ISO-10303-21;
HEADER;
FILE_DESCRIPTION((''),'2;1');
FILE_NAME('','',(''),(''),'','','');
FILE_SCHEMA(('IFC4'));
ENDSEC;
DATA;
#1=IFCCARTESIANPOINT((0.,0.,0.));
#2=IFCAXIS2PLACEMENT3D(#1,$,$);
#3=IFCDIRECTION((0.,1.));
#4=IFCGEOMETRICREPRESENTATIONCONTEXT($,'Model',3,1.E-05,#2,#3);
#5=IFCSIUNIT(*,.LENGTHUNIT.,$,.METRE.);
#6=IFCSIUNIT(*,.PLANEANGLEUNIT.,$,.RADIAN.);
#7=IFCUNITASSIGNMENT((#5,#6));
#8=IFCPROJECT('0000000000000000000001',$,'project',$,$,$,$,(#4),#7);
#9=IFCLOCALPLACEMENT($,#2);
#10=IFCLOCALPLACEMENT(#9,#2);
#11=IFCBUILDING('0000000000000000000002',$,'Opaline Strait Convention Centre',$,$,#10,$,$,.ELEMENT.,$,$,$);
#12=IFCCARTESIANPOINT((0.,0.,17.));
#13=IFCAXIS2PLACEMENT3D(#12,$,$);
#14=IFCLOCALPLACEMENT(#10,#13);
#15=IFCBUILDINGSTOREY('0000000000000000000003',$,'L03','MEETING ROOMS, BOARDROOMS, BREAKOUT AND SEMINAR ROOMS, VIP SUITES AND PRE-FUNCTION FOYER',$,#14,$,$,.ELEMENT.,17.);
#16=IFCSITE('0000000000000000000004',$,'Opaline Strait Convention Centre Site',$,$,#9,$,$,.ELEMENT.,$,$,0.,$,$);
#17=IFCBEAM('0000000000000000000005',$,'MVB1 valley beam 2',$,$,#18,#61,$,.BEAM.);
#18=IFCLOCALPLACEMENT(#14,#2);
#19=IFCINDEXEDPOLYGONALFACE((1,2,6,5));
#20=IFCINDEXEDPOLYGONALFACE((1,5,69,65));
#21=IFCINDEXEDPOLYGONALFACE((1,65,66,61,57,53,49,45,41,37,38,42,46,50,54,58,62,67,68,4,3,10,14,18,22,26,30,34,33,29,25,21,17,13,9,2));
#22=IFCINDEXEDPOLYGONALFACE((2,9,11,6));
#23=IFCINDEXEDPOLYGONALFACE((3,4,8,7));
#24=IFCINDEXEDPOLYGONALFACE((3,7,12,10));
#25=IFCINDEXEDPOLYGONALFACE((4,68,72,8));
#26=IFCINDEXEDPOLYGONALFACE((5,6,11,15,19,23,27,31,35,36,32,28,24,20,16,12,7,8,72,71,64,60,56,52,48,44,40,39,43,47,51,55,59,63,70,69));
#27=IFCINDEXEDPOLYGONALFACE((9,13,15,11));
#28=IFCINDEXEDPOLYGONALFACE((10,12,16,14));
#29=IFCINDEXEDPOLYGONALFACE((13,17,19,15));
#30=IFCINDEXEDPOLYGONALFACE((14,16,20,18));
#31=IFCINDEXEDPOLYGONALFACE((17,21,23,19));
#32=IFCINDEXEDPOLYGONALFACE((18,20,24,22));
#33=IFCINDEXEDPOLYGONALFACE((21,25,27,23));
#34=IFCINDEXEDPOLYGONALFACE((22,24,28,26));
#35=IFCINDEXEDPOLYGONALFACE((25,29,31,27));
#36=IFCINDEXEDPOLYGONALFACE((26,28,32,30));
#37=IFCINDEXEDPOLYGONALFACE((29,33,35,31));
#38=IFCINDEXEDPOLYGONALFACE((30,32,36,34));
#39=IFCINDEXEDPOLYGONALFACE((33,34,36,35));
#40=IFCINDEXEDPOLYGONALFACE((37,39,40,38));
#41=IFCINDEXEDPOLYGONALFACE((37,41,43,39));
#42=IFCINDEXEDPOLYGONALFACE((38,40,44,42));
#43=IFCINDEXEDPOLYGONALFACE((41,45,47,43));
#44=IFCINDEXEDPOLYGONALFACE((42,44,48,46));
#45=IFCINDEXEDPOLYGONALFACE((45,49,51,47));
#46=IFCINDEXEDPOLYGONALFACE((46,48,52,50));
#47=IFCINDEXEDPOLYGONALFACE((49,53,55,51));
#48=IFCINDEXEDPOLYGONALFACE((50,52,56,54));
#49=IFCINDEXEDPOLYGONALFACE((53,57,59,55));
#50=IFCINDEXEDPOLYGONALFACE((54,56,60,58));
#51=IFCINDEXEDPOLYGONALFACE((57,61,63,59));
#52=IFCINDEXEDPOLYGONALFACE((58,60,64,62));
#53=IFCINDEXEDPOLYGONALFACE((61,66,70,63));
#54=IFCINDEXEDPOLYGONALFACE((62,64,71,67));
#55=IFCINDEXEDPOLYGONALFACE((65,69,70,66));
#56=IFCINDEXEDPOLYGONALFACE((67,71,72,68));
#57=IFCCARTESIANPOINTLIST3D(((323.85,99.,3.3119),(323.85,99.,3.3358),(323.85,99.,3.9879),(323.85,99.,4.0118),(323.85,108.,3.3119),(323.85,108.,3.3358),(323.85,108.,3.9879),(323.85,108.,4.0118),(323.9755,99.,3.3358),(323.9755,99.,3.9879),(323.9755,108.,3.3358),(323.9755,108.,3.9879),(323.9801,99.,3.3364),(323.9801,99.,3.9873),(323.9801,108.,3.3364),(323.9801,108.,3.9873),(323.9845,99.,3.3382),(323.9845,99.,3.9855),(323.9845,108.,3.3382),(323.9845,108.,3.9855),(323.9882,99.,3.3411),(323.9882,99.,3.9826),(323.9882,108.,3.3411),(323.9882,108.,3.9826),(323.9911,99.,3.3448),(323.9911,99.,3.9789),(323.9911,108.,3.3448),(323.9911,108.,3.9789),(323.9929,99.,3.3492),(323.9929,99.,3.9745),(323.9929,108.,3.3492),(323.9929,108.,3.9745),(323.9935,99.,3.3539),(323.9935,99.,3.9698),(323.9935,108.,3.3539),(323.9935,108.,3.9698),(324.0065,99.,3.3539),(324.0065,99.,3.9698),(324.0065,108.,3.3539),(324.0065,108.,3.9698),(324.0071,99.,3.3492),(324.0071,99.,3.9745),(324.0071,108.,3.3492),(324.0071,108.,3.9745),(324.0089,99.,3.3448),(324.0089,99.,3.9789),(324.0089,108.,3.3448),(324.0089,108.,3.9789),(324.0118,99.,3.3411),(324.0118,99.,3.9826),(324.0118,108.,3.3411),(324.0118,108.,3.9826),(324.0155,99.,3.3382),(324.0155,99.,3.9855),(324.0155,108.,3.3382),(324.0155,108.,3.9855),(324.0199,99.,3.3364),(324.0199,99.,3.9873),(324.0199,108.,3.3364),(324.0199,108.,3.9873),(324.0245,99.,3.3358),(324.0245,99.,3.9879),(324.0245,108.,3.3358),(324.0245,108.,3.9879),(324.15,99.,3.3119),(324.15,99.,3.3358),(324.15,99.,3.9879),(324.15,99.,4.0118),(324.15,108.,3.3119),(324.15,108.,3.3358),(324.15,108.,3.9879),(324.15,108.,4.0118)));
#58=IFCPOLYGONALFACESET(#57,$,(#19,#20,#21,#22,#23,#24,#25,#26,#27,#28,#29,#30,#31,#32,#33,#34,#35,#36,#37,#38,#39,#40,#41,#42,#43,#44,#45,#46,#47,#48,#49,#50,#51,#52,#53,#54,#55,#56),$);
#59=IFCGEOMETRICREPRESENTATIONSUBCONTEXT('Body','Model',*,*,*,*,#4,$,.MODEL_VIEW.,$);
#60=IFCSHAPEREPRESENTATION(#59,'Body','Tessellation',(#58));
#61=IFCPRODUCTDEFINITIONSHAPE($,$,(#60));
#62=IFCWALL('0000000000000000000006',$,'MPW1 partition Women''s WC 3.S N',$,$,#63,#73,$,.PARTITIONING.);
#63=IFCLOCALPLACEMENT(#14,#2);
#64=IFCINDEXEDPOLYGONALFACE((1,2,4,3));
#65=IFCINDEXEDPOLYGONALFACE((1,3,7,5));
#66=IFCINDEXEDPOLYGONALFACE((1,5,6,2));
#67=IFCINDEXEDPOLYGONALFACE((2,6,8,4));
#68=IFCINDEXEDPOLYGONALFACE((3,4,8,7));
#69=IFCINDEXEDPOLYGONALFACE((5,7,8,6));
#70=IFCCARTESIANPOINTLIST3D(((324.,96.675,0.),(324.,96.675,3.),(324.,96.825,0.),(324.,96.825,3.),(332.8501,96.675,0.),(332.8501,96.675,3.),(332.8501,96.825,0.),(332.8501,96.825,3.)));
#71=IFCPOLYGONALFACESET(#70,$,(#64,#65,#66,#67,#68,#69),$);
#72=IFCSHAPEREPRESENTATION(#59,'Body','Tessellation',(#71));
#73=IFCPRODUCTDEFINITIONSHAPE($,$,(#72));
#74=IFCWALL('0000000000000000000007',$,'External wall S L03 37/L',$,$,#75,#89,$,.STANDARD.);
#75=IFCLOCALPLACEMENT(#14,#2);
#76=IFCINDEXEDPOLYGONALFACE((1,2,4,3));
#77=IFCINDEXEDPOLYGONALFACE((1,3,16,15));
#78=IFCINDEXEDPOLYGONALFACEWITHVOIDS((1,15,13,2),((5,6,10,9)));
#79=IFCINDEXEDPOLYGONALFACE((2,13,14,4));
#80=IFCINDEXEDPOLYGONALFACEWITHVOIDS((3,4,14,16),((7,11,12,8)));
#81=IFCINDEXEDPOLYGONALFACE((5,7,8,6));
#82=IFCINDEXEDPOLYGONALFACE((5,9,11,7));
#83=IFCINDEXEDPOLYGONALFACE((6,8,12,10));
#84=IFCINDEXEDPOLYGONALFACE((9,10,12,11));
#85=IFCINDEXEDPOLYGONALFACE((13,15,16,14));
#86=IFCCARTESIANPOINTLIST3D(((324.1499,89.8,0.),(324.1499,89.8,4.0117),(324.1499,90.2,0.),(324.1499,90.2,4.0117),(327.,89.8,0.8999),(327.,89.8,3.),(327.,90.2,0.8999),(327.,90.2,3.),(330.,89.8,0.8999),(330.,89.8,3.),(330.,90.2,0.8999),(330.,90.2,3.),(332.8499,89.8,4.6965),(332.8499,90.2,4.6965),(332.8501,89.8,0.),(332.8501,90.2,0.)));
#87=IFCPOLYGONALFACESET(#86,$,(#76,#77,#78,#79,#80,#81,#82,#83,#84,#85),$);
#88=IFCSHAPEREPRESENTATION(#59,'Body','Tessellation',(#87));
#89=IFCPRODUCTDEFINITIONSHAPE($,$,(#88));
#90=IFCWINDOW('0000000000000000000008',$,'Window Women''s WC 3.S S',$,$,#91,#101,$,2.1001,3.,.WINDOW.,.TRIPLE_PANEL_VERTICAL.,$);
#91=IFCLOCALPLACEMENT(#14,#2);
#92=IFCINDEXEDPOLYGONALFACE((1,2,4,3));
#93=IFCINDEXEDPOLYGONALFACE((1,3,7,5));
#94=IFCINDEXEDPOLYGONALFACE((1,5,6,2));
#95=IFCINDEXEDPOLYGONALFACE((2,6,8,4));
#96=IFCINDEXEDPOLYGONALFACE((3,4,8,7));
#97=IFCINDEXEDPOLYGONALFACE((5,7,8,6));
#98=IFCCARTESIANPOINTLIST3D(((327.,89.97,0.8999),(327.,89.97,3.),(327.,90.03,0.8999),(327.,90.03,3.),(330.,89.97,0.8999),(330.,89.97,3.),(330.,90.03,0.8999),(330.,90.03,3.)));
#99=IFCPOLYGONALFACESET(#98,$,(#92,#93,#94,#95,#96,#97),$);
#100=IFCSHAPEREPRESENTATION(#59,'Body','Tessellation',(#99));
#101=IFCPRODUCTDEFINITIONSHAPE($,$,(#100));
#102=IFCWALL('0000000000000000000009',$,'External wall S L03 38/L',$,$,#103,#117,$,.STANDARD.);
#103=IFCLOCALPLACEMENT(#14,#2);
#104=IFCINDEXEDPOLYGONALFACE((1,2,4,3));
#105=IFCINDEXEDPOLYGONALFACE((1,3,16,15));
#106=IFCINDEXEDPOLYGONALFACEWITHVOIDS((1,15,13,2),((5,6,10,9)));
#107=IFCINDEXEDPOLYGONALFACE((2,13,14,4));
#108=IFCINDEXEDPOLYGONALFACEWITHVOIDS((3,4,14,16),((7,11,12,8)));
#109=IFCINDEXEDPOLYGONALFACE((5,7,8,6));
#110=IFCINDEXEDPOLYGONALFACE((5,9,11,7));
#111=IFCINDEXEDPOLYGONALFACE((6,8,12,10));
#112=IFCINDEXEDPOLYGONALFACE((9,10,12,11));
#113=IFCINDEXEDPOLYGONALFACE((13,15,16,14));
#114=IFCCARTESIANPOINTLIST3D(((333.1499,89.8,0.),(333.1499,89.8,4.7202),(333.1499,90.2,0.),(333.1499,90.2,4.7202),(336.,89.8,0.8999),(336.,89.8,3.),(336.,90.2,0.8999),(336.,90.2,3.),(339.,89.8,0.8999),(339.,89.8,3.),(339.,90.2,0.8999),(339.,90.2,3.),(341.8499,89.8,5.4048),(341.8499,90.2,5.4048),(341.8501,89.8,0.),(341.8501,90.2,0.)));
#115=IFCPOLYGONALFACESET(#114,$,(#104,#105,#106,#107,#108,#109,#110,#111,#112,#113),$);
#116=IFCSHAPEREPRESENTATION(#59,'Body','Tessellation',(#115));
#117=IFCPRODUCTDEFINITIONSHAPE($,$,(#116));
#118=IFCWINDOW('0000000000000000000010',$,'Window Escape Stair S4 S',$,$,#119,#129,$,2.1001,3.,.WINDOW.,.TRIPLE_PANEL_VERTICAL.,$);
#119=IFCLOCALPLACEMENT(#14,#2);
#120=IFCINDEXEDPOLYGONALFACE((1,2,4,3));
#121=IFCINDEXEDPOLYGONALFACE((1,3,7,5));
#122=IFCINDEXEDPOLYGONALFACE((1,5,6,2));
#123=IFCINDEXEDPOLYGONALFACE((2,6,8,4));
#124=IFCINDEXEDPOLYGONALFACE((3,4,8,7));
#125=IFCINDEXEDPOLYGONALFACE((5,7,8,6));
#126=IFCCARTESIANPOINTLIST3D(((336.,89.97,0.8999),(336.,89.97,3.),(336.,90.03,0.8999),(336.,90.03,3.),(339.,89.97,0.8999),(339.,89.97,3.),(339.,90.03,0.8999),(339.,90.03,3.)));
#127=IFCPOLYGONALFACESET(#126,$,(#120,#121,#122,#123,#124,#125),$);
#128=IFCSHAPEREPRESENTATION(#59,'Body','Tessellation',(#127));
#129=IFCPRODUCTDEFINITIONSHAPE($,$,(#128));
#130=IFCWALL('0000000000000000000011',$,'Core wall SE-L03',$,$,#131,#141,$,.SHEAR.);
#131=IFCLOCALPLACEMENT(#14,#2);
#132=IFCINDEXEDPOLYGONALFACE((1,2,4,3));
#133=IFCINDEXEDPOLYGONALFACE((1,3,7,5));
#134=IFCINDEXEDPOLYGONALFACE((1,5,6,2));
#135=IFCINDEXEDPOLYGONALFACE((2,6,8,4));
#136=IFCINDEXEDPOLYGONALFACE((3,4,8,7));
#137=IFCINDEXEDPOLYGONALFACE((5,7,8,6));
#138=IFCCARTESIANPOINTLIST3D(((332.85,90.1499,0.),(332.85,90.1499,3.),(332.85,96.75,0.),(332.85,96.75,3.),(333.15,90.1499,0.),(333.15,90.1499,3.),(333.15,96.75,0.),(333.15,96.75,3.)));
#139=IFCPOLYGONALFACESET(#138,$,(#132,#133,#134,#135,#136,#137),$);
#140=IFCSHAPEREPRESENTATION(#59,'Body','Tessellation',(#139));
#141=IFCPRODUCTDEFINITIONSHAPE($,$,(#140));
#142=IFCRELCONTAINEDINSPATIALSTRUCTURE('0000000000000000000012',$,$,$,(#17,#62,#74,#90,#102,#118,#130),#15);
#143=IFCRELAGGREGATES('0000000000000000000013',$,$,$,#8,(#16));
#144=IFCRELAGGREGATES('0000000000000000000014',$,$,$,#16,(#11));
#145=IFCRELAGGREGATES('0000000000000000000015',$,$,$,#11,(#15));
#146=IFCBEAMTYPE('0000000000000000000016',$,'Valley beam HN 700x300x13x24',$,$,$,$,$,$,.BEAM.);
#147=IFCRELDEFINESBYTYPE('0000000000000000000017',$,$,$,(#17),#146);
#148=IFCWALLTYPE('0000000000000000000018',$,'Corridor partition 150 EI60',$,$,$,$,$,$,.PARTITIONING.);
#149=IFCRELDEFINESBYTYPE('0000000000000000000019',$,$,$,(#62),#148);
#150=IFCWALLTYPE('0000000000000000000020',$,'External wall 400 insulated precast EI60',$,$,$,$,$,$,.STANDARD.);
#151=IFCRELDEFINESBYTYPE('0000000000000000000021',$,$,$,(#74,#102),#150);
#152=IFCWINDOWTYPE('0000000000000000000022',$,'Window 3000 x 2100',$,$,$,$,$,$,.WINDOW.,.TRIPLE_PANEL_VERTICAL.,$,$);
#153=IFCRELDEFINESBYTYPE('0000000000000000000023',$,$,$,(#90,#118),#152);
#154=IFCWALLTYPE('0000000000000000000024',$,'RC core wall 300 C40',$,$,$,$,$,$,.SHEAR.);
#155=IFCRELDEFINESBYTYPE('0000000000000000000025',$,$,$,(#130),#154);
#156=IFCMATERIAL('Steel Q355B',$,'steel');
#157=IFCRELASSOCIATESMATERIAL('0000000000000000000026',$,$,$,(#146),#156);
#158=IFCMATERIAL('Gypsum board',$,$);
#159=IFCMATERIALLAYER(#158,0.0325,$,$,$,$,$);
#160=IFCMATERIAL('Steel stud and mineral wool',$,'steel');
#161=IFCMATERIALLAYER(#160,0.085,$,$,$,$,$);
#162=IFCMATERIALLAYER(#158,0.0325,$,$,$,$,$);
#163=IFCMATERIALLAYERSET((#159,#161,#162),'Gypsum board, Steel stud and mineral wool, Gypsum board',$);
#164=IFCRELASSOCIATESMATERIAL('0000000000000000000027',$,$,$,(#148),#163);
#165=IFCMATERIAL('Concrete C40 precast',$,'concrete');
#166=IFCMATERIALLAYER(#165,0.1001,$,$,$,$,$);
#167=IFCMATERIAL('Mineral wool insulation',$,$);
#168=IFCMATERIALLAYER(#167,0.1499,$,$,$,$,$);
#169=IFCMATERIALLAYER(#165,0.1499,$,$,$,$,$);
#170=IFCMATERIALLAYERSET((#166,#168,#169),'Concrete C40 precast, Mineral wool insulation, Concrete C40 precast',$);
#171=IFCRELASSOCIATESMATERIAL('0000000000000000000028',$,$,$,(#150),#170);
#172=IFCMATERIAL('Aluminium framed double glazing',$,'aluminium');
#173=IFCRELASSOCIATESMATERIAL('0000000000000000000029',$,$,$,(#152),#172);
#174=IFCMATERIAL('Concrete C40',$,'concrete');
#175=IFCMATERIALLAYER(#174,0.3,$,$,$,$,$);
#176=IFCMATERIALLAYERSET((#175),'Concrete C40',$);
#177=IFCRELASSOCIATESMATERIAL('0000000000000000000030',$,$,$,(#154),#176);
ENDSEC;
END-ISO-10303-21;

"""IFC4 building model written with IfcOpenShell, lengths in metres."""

from ifc_helpers import new_model, si_unit, direction, frame, frame_2d, origin, origin_2d, place, context, subcontext, project, spatial, polyline, rectangle, i_section, outline, extrude, material, layer, layer_set, material_profile, profile_set, type_object, element, fill, save


model = new_model("IFC4")

# Units and contexts
model_context = context("Model", 3, precision=1e-05, world=origin(), true_north=direction((0.0, 1.0)))
body_context = subcontext(model_context, "Body", "Model", "MODEL_VIEW")
ifc_project = project(units=[si_unit("LENGTHUNIT", "METRE"), si_unit("PLANEANGLEUNIT", "RADIAN")], contexts=[model_context])

# Site, building, storey
site_placement = place(None, origin())
site = spatial("IfcSite", under=ifc_project, at=site_placement, Name="Opaline Strait Convention Centre Site", CompositionType="ELEMENT", RefElevation=0.0)
building_placement = place(site_placement, origin())
building = spatial("IfcBuilding", under=site, at=building_placement, Name="Opaline Strait Convention Centre", CompositionType="ELEMENT")
storey_placement = place(building_placement, frame((0.0, 0.0, 17.0)))
storey = spatial("IfcBuildingStorey", under=building, at=storey_placement, Name="L03", Description="MEETING ROOMS, BOARDROOMS, BREAKOUT AND SEMINAR ROOMS, VIP SUITES AND PRE-FUNCTION FOYER", CompositionType="ELEMENT", Elevation=17.0)

# Shared definitions
ifc_material_1 = material(Name="Steel Q355B", Category="steel")

# Beam
ifc_material_profile_1 = material_profile(ifc_material_1, i_section(OverallWidth=0.3, OverallDepth=0.7, WebThickness=0.0129, FlangeThickness=0.0239, FilletRadius=0.0181, at=origin_2d()), Name="HN 700x300x13x24")
ifc_profile_set_1 = profile_set([ifc_material_profile_1], Name="Steel Q355B")
beam_type = type_object("IfcBeamType", Name="Valley beam HN 700x300x13x24", PredefinedType="BEAM", material=ifc_profile_set_1)
for number, where, z_axis, x_axis, name in (
    (1, (324.0, 99.0, 3.6619), (0.0, 1.0, 0.0), (-1.0, 0.0, 0.0), "MVB1 valley beam 2"),
):
    element("IfcBeam", number, at=place(storey_placement, frame(where, z_axis=z_axis, x_axis=x_axis)), inside=storey, type_object=beam_type, Name=name, PredefinedType="BEAM", context=body_context, shape_type="SweptSolid", body=[
        extrude(i_section(OverallWidth=0.3, OverallDepth=0.7, WebThickness=0.0129, FlangeThickness=0.0239, FilletRadius=0.0181, at=origin_2d()), origin(), (0.0, 0.0, 1.0), 9.0),
    ])

# Wall
ifc_material_2 = material(Name="Gypsum board")
ifc_layer_1 = layer(ifc_material_2, 0.0325)
ifc_material_3 = material(Name="Steel stud and mineral wool", Category="steel")
ifc_layer_2 = layer(ifc_material_3, 0.085)
ifc_layer_3 = layer(ifc_material_2, 0.0325)
ifc_layer_set_1 = layer_set([ifc_layer_1, ifc_layer_2, ifc_layer_3], Name="Gypsum board, Steel stud and mineral wool, Gypsum board")
wall_type_1 = type_object("IfcWallType", Name="Corridor partition 150 EI60", PredefinedType="PARTITIONING", material=ifc_layer_set_1)
wall_1_placement = place(storey_placement, frame((324.0, 96.75, 0.0), z_axis=(0.0, 0.0, 1.0), x_axis=(1.0, 0.0, 0.0)))
element("IfcWall", 2, at=wall_1_placement, inside=storey, type_object=wall_type_1, Name="MPW1 partition Women's WC 3.S N", PredefinedType="PARTITIONING", context=body_context, shape_type="SweptSolid", body=[
    extrude(rectangle(XDim=8.8501, YDim=0.1499, at=frame_2d((4.425, 0.0))), origin(), (0.0, 0.0, 1.0), 3.0),
])

# Walls, openings, windows
ifc_material_4 = material(Name="Concrete C40 precast", Category="concrete")
ifc_layer_4 = layer(ifc_material_4, 0.1001)
ifc_material_5 = material(Name="Mineral wool insulation")
ifc_layer_5 = layer(ifc_material_5, 0.1499)
ifc_layer_6 = layer(ifc_material_4, 0.1499)
ifc_layer_set_2 = layer_set([ifc_layer_4, ifc_layer_5, ifc_layer_6], Name="Concrete C40 precast, Mineral wool insulation, Concrete C40 precast")
wall_type_2 = type_object("IfcWallType", Name="External wall 400 insulated precast EI60", PredefinedType="STANDARD", material=ifc_layer_set_2)
wall_2_placement = place(storey_placement, frame((324.1499, 90.0, 0.0), z_axis=(0.0, 0.0, 1.0), x_axis=(1.0, 0.0, 0.0)))
wall_2 = element("IfcWall", 3, at=wall_2_placement, inside=storey, type_object=wall_type_2, Name="External wall S L03 37/L", PredefinedType="STANDARD", context=body_context, shape_type="SweptSolid", body=[
    extrude(outline(polyline([(0.0, 0.0), (8.7002, 0.0), (8.7, 4.6965), (0.0, 4.0117), (0.0, 0.0)])), frame((0.0, 0.2, 0.0), z_axis=(0.0, -1.0, 0.0), x_axis=(1.0, 0.0, 0.0)), (0.0, 0.0, 1.0), 0.3999),
])
opening_1_placement = place(wall_2_placement, frame((2.8501, 0.0, 0.8999)))
opening_1 = element("IfcOpeningElement", 4, at=opening_1_placement, cuts=wall_2, PredefinedType="OPENING", context=body_context, shape_type="SweptSolid", body=[
    extrude(rectangle(XDim=3.0, YDim=2.1001, at=frame_2d((1.5, 1.05))), frame((0.0, 0.21, 0.0), z_axis=(0.0, -1.0, 0.0), x_axis=(1.0, 0.0, 0.0)), (0.0, 0.0, 1.0), 0.4199),
])
ifc_material_6 = material(Name="Aluminium framed double glazing", Category="aluminium")
window_type = type_object("IfcWindowType", Name="Window 3000 x 2100", PartitioningType="TRIPLE_PANEL_VERTICAL", PredefinedType="WINDOW", material=ifc_material_6)
window_1_placement = place(opening_1_placement, origin())
window_1 = element("IfcWindow", 5, at=window_1_placement, inside=storey, type_object=window_type, Name="Window Women's WC 3.S S", OverallHeight=2.1001, OverallWidth=3.0, PartitioningType="TRIPLE_PANEL_VERTICAL", PredefinedType="WINDOW", context=body_context, shape_type="SweptSolid", body=[
    extrude(rectangle(XDim=3.0, YDim=2.1001, at=frame_2d((1.5, 1.05))), frame((0.0, 0.03, 0.0), z_axis=(0.0, -1.0, 0.0), x_axis=(1.0, 0.0, 0.0)), (0.0, 0.0, 1.0), 0.0601),
])
fill(opening_1, window_1)
wall_3_placement = place(storey_placement, frame((333.1499, 90.0, 0.0), z_axis=(0.0, 0.0, 1.0), x_axis=(1.0, 0.0, 0.0)))
wall_3 = element("IfcWall", 6, at=wall_3_placement, inside=storey, type_object=wall_type_2, Name="External wall S L03 38/L", PredefinedType="STANDARD", context=body_context, shape_type="SweptSolid", body=[
    extrude(outline(polyline([(0.0, 0.0), (8.7002, 0.0), (8.7, 5.4048), (0.0, 4.7202), (0.0, 0.0)])), frame((0.0, 0.2, 0.0), z_axis=(0.0, -1.0, 0.0), x_axis=(1.0, 0.0, 0.0)), (0.0, 0.0, 1.0), 0.3999),
])
opening_2_placement = place(wall_3_placement, frame((2.8501, 0.0, 0.8999)))
opening_2 = element("IfcOpeningElement", 7, at=opening_2_placement, cuts=wall_3, PredefinedType="OPENING", context=body_context, shape_type="SweptSolid", body=[
    extrude(rectangle(XDim=3.0, YDim=2.1001, at=frame_2d((1.5, 1.05))), frame((0.0, 0.21, 0.0), z_axis=(0.0, -1.0, 0.0), x_axis=(1.0, 0.0, 0.0)), (0.0, 0.0, 1.0), 0.4199),
])
window_2_placement = place(opening_2_placement, origin())
window_2 = element("IfcWindow", 8, at=window_2_placement, inside=storey, type_object=window_type, Name="Window Escape Stair S4 S", OverallHeight=2.1001, OverallWidth=3.0, PartitioningType="TRIPLE_PANEL_VERTICAL", PredefinedType="WINDOW", context=body_context, shape_type="SweptSolid", body=[
    extrude(rectangle(XDim=3.0, YDim=2.1001, at=frame_2d((1.5, 1.05))), frame((0.0, 0.03, 0.0), z_axis=(0.0, -1.0, 0.0), x_axis=(1.0, 0.0, 0.0)), (0.0, 0.0, 1.0), 0.0601),
])
fill(opening_2, window_2)

# Wall
ifc_material_7 = material(Name="Concrete C40", Category="concrete")
ifc_layer_7 = layer(ifc_material_7, 0.3)
ifc_layer_set_3 = layer_set([ifc_layer_7], Name="Concrete C40")
wall_type_3 = type_object("IfcWallType", Name="RC core wall 300 C40", PredefinedType="SHEAR", material=ifc_layer_set_3)
wall_4_placement = place(storey_placement, frame((333.0, 90.1499, 0.0), z_axis=(0.0, 0.0, 1.0), x_axis=(0.0, 1.0, 0.0)))
element("IfcWall", 9, at=wall_4_placement, inside=storey, type_object=wall_type_3, Name="Core wall SE-L03", PredefinedType="SHEAR", context=body_context, shape_type="SweptSolid", body=[
    extrude(rectangle(XDim=6.6001, YDim=0.3, at=frame_2d((3.3, 0.0))), origin(), (0.0, 0.0, 1.0), 3.0),
])

save(model, "model.ifc")
